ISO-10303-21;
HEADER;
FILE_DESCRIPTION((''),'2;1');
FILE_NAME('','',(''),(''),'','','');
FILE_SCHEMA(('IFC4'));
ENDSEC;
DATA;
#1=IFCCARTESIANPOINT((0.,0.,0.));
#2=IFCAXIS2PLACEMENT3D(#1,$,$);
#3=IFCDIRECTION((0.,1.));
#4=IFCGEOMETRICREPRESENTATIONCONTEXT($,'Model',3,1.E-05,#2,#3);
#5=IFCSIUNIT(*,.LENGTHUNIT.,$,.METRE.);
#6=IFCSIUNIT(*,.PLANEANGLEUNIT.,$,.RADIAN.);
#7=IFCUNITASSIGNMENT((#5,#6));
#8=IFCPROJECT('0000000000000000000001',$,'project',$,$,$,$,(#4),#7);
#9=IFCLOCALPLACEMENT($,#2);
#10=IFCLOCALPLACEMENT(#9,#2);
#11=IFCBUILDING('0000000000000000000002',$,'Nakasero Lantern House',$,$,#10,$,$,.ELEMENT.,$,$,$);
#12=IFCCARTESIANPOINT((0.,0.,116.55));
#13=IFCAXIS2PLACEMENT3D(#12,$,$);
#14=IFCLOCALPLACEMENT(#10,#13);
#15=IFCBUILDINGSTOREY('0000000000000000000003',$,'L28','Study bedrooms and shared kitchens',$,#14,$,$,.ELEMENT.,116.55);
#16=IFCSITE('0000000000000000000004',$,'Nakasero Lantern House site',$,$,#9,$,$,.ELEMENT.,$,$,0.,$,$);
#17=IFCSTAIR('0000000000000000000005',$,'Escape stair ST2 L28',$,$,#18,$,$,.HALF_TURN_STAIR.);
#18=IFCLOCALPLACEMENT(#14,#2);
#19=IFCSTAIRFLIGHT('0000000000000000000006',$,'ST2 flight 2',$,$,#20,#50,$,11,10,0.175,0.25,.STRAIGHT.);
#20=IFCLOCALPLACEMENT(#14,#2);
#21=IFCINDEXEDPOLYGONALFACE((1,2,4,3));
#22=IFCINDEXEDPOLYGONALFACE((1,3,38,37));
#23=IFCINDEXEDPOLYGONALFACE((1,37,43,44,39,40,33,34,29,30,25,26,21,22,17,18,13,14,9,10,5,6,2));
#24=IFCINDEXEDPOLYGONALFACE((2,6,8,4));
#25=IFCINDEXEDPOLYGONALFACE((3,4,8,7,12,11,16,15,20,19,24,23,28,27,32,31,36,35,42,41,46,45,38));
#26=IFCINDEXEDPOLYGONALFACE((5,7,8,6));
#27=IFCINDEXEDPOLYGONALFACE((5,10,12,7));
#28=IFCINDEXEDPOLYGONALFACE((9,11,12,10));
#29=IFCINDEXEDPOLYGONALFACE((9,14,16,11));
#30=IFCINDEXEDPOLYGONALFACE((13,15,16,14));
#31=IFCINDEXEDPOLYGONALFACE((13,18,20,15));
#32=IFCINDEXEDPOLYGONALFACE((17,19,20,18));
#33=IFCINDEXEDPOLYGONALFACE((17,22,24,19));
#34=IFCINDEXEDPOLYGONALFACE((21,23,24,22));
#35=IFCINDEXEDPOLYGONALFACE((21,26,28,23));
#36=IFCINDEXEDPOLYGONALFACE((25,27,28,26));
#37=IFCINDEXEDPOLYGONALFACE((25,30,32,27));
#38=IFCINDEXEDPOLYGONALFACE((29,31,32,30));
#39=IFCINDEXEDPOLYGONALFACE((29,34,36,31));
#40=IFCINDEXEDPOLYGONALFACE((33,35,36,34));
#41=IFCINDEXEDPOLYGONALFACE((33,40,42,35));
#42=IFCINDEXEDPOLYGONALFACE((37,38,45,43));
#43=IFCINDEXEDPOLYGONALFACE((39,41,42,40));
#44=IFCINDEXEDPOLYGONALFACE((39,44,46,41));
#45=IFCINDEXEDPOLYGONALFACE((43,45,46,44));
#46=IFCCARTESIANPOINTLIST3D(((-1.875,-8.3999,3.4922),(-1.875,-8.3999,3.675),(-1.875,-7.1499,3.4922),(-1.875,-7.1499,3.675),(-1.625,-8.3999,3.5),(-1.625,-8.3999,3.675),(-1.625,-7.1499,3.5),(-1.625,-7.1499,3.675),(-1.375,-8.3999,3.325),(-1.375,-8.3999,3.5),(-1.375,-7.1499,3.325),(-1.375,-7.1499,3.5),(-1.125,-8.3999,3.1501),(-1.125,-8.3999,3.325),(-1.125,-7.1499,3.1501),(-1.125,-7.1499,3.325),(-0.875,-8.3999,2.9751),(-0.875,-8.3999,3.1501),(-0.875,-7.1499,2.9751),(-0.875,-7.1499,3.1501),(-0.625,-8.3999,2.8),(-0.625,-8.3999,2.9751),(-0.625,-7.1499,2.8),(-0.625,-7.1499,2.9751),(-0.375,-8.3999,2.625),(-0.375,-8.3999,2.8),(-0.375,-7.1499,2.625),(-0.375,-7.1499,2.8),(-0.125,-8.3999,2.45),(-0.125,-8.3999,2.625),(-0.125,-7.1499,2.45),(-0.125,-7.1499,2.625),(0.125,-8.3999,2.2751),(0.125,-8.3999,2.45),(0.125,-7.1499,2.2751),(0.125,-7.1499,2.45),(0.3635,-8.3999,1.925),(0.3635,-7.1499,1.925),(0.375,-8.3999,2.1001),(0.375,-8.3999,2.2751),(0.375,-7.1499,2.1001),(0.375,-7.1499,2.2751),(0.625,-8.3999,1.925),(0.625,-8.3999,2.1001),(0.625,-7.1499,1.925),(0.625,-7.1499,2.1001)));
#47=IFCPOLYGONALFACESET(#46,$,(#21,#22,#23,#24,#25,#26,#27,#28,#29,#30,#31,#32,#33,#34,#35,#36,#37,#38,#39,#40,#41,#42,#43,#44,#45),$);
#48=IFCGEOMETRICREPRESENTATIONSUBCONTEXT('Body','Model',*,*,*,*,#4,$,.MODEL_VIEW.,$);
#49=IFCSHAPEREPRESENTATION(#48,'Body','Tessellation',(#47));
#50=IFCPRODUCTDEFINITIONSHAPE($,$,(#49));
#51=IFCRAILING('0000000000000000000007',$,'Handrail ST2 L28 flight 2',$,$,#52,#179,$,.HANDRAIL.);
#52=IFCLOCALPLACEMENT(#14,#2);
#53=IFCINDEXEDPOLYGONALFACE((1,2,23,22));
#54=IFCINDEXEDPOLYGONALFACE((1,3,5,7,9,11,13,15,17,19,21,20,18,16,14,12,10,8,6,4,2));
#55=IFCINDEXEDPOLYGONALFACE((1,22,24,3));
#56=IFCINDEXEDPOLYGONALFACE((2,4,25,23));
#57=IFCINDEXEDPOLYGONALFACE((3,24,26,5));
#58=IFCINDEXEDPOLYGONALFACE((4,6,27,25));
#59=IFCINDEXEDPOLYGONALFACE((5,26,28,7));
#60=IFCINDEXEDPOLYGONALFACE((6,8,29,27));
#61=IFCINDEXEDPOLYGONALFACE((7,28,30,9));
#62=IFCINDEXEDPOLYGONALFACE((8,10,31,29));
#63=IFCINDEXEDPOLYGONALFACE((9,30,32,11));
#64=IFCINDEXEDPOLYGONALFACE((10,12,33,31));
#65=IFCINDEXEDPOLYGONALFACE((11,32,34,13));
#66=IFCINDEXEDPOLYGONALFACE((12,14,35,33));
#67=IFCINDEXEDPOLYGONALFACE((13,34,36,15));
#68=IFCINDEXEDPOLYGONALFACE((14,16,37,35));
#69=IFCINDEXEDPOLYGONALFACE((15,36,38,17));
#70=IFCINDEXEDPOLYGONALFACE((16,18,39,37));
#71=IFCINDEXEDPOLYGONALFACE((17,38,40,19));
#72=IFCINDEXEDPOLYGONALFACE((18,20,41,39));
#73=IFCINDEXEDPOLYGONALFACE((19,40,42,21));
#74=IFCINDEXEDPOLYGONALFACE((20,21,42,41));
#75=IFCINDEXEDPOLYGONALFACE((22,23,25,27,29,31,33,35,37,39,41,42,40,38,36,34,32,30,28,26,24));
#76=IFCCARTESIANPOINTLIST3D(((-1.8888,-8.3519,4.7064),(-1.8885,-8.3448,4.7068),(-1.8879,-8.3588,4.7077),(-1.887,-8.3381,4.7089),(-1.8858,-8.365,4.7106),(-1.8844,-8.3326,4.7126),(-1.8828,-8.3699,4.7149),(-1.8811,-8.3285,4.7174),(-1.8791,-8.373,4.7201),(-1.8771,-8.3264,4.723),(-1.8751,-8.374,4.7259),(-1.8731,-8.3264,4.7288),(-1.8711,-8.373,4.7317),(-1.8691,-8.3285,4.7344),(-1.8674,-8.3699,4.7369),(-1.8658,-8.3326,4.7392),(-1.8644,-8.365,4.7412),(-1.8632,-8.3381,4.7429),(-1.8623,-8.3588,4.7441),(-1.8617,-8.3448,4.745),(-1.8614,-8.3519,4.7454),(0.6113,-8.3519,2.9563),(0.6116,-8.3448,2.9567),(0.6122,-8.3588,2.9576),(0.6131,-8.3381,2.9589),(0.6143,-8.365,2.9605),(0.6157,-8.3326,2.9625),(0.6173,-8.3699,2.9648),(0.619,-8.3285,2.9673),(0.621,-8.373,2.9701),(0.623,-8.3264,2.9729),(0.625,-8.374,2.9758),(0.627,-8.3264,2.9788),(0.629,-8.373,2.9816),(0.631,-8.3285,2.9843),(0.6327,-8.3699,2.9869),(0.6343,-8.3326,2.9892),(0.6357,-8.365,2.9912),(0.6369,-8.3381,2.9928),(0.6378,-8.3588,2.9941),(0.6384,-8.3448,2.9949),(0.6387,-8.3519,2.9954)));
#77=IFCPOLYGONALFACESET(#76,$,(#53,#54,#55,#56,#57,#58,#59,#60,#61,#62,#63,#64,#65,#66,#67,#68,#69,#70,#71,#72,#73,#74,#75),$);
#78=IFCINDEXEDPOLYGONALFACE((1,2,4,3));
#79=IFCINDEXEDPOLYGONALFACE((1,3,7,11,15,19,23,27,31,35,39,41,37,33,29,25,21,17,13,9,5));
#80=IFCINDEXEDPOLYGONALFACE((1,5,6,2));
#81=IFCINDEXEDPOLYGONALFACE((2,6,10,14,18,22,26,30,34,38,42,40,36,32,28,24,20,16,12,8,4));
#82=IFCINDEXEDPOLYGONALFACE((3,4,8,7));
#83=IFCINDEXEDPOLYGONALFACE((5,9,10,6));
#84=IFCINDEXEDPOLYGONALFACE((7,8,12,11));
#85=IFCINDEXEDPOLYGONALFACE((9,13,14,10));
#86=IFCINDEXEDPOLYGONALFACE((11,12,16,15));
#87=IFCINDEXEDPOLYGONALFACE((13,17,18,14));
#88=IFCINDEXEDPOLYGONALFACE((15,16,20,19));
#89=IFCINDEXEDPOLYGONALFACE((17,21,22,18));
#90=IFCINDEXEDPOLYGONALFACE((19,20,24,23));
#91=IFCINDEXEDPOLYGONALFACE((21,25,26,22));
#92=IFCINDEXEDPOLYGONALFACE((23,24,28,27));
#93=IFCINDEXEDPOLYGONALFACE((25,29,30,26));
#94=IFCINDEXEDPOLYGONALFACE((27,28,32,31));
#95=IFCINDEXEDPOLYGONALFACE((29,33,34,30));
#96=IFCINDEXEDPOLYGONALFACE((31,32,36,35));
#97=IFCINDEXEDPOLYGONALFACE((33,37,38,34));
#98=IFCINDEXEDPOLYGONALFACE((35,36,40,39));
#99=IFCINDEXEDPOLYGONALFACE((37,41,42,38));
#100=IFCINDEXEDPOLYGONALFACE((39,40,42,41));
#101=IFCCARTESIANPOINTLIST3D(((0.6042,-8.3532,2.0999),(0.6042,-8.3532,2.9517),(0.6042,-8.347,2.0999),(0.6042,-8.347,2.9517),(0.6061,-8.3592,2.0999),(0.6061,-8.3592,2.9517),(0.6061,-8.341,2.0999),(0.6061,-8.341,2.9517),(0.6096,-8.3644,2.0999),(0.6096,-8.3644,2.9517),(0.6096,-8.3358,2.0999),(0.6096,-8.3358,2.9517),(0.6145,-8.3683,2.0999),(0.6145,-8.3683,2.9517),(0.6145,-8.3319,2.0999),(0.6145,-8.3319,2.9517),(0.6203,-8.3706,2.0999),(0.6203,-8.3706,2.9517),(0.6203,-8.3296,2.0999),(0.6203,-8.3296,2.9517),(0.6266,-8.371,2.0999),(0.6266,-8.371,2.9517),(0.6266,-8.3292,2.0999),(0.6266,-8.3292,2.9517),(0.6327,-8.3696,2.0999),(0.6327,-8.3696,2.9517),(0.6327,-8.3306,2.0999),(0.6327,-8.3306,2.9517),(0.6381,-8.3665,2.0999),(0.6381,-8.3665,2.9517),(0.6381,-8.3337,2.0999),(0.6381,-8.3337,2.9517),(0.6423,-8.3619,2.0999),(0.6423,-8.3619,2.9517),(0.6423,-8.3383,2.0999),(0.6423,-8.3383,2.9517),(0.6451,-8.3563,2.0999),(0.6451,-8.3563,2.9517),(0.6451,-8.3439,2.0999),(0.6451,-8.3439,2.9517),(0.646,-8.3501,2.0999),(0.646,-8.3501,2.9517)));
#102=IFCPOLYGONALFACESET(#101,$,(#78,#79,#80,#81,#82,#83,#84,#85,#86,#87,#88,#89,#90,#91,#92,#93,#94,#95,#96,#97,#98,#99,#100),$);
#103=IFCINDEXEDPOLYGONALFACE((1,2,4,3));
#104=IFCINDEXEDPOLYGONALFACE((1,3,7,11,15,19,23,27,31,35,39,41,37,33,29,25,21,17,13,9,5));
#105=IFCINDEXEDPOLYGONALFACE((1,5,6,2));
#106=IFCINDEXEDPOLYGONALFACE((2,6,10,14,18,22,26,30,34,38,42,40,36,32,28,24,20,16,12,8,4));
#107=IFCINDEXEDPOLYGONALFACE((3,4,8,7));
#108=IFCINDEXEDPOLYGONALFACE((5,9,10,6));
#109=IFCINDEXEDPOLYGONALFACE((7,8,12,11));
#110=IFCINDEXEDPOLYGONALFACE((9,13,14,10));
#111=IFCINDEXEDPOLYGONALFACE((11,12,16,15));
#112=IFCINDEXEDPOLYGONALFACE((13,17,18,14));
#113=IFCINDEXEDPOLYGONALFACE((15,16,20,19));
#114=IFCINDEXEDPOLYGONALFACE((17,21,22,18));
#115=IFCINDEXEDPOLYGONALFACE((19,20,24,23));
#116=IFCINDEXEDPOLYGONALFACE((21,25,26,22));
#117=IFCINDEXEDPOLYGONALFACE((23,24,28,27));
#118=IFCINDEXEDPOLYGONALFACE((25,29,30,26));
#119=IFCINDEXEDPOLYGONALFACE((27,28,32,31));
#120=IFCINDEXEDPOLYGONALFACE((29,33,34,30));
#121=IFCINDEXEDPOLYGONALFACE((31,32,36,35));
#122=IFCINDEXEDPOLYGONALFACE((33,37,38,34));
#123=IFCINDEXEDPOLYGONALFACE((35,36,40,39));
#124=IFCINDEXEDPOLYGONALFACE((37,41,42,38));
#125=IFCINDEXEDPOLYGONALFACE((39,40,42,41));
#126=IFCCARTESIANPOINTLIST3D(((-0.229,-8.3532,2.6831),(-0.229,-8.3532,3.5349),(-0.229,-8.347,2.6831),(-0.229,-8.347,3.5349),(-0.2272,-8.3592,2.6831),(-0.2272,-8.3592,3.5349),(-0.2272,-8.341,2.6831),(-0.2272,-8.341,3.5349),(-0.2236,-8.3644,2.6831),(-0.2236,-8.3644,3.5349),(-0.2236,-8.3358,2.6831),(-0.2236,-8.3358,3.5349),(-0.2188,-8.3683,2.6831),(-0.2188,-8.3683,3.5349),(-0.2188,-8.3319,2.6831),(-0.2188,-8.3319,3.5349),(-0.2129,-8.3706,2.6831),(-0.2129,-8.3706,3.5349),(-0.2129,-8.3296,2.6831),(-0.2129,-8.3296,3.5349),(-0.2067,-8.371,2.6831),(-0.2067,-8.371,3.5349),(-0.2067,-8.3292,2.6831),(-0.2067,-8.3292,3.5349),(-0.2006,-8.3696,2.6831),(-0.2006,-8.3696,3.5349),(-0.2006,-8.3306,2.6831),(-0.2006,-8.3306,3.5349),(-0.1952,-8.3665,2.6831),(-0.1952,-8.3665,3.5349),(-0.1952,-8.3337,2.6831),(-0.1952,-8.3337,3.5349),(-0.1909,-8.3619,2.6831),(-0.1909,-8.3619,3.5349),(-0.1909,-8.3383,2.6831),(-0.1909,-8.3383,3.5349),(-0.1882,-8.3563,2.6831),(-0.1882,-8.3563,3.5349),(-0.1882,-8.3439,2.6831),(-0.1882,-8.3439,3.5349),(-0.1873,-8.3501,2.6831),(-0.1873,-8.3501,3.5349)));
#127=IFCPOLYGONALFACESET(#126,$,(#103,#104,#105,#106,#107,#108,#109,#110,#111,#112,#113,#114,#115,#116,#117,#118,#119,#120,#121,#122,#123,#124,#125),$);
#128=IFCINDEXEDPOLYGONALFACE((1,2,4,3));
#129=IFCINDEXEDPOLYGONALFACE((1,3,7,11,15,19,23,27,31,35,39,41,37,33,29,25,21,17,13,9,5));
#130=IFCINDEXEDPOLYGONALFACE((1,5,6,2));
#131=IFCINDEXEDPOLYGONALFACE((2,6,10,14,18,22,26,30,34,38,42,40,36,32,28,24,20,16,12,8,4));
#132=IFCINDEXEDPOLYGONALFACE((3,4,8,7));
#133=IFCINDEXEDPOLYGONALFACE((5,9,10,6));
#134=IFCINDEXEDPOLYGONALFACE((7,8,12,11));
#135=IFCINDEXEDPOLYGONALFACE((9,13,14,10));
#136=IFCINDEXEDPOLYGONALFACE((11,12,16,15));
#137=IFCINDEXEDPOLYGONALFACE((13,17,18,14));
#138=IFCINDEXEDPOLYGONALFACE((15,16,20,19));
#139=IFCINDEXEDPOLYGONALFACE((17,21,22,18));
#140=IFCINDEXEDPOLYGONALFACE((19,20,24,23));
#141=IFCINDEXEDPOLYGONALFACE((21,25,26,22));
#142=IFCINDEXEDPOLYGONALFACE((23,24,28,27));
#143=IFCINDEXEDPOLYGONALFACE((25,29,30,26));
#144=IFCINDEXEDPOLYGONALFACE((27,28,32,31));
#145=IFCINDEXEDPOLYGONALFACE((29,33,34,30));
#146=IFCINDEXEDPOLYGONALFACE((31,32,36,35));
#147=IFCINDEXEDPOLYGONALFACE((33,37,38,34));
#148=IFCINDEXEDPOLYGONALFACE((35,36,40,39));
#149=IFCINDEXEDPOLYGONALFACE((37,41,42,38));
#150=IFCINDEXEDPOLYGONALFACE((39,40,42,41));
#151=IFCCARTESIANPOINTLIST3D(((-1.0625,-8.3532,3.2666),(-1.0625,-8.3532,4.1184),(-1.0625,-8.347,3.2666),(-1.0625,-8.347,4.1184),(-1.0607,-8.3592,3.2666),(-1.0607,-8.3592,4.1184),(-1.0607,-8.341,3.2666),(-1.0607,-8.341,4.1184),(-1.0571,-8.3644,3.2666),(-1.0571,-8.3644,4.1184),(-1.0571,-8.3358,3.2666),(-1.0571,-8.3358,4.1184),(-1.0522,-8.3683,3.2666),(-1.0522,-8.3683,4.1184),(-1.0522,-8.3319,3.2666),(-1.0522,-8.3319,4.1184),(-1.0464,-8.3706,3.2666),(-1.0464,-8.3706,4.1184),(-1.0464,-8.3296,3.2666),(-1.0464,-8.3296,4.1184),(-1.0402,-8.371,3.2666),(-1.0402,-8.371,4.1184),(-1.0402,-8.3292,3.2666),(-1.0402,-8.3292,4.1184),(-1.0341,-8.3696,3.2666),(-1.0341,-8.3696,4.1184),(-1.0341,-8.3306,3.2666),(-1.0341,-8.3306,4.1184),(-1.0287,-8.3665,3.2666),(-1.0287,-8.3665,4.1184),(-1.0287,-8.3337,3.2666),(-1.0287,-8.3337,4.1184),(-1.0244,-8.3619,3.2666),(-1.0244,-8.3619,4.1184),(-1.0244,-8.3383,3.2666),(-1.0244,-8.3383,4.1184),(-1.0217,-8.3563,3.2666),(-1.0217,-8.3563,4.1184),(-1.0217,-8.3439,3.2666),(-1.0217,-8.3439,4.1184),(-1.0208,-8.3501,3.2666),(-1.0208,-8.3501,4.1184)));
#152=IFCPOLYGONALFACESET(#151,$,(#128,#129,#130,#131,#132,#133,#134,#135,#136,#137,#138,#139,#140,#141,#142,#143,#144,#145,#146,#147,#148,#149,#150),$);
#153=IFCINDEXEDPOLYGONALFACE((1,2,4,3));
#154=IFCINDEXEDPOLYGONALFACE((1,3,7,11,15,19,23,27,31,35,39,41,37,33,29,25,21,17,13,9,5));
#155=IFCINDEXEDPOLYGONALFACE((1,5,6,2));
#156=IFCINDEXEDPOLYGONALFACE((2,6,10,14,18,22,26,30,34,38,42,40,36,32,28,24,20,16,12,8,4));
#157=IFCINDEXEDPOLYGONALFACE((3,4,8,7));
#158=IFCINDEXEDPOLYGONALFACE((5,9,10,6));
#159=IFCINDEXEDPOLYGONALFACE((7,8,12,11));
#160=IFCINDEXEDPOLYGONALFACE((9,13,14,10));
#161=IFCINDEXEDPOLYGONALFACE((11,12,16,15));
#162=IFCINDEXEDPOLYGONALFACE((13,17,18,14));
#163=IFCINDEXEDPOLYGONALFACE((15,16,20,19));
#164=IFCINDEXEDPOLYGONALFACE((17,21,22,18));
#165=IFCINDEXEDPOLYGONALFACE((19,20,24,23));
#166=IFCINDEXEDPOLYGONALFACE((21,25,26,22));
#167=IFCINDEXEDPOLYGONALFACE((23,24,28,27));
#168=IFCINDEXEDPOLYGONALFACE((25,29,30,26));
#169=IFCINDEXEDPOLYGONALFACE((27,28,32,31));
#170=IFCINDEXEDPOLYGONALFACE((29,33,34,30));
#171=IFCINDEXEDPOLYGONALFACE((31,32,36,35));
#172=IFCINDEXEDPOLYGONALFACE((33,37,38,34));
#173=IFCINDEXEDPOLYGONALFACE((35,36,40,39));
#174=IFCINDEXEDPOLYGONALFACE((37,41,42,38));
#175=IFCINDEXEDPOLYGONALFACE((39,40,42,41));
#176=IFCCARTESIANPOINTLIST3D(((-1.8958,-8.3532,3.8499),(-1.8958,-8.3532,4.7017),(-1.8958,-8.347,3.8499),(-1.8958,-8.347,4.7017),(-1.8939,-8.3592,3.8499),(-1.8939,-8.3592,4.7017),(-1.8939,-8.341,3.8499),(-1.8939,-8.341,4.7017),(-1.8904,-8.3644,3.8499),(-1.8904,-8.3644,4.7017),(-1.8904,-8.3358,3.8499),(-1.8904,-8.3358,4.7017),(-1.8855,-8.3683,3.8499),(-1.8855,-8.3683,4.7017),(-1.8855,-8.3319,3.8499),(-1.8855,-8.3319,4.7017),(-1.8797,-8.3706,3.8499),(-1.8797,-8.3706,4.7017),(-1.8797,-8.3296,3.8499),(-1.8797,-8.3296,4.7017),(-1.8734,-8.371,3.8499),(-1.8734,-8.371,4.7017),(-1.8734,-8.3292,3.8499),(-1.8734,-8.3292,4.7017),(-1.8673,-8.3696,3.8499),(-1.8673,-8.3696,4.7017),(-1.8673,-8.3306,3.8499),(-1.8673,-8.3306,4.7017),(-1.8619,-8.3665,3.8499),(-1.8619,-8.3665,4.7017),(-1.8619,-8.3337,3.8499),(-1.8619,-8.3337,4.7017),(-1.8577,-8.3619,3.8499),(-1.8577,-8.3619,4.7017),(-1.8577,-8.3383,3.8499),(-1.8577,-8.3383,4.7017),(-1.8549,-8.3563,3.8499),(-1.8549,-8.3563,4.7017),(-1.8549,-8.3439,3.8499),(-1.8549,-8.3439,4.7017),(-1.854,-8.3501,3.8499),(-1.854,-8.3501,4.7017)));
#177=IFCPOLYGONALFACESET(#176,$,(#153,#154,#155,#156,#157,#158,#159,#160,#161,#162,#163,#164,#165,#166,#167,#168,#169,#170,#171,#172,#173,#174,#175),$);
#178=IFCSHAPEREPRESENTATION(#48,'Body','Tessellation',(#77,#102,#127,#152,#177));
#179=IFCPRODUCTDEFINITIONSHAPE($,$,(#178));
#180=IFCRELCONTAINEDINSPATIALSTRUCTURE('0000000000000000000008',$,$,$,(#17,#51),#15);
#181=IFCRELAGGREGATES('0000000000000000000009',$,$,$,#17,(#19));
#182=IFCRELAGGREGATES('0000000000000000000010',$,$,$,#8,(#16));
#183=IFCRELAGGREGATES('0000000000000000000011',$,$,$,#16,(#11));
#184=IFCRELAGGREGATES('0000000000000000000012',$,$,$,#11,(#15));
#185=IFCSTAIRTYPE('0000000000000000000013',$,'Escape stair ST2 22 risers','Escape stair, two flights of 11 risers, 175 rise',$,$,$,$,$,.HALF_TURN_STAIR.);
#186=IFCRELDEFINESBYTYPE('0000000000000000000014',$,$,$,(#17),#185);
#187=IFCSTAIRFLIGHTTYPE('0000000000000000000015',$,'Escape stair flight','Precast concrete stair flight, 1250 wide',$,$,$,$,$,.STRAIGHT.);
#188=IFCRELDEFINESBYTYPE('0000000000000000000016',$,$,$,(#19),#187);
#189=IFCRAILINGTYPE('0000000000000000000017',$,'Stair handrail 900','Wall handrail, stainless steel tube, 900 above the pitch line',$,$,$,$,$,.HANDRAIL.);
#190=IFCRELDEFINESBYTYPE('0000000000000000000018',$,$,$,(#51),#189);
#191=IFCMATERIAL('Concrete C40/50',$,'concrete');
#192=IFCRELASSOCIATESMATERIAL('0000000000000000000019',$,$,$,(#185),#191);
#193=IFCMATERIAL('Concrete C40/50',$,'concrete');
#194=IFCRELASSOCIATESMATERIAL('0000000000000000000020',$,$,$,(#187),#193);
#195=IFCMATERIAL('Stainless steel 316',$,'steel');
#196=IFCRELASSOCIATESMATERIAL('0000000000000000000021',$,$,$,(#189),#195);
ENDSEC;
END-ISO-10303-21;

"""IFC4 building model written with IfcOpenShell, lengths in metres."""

from ifc_helpers import new_model, si_unit, direction, frame, origin, origin_2d, place, context, subcontext, project, spatial, polyline, circle, outline, extrude, material, type_object, element, aggregate, save


model = new_model("IFC4")

# Units and contexts
model_context = context("Model", 3, precision=1e-05, world=origin(), true_north=direction((0.0, 1.0)))
body_context = subcontext(model_context, "Body", "Model", "MODEL_VIEW")
ifc_project = project(units=[si_unit("LENGTHUNIT", "METRE"), si_unit("PLANEANGLEUNIT", "RADIAN")], contexts=[model_context])

# Site, building, storey
site_placement = place(None, origin())
site = spatial("IfcSite", under=ifc_project, at=site_placement, Name="Nakasero Lantern House site", CompositionType="ELEMENT", RefElevation=0.0)
building_placement = place(site_placement, origin())
building = spatial("IfcBuilding", under=site, at=building_placement, Name="Nakasero Lantern House", CompositionType="ELEMENT")
storey_placement = place(building_placement, frame((0.0, 0.0, 116.55)))
storey = spatial("IfcBuildingStorey", under=building, at=storey_placement, Name="L28", Description="Study bedrooms and shared kitchens", CompositionType="ELEMENT", Elevation=116.55)

# Stair, stair flight
ifc_material_1 = material(Name="Concrete C40/50", Category="concrete")
stair_type = type_object("IfcStairType", Name="Escape stair ST2 22 risers", Description="Escape stair, two flights of 11 risers, 175 rise", PredefinedType="HALF_TURN_STAIR", material=ifc_material_1)
stair_placement = place(storey_placement, origin())
stair = element("IfcStair", 1, at=stair_placement, inside=storey, type_object=stair_type, Name="Escape stair ST2 L28", PredefinedType="HALF_TURN_STAIR")
ifc_material_2 = material(Name="Concrete C40/50", Category="concrete")
stair_flight_type = type_object("IfcStairFlightType", Name="Escape stair flight", Description="Precast concrete stair flight, 1250 wide", PredefinedType="STRAIGHT", material=ifc_material_2)
stair_flight_placement = place(storey_placement, frame((0.625, -7.7749, 1.925), z_axis=(0.0, 0.0, 1.0), x_axis=(-1.0, 0.0, 0.0)))
stair_flight = element("IfcStairFlight", 2, at=stair_flight_placement, type_object=stair_flight_type, Name="ST2 flight 2", NumberOfRisers=11, NumberOfTreads=10, PredefinedType="STRAIGHT", RiserHeight=0.175, TreadLength=0.25, context=body_context, shape_type="SweptSolid", body=[
    extrude(outline(polyline([(0.0, 0.0), (0.0, 0.175), (0.25, 0.175), (0.25, 0.3501), (0.5, 0.3501), (0.5, 0.5249), (0.75, 0.5249), (0.75, 0.7), (1.0, 0.7), (1.0, 0.875), (1.25, 0.875), (1.25, 1.05), (1.5, 1.05), (1.5, 1.2251), (1.75, 1.2251), (1.75, 1.3999), (2.0, 1.3999), (2.0, 1.575), (2.25, 1.575), (2.25, 1.75), (2.5, 1.75), (2.5, 1.925), (2.5, 1.5671), (0.2615, 0.0), (0.0, 0.0)])), frame((0.0, 0.625, 0.0), z_axis=(0.0, -1.0, 0.0), x_axis=(1.0, 0.0, 0.0)), (0.0, 0.0, 1.0), 1.25),
])
aggregate(stair, [stair_flight])

# Railing
ifc_material_3 = material(Name="Stainless steel 316", Category="steel")
railing_type = type_object("IfcRailingType", Name="Stair handrail 900", Description="Wall handrail, stainless steel tube, 900 above the pitch line", PredefinedType="HANDRAIL", material=ifc_material_3)
railing_placement = place(storey_placement, frame((0.625, -8.3501, 2.0999)))
element("IfcRailing", 3, at=railing_placement, inside=storey, type_object=railing_type, Name="Handrail ST2 L28 flight 2", PredefinedType="HANDRAIL", context=body_context, shape_type="SweptSolid", body=[
    extrude(circle(Radius=0.0239, at=origin_2d()), frame((0.0, 0.0, 0.876), z_axis=(-0.819232, 0.0, 0.573462), x_axis=(0.0, -1.0, 0.0)), (0.0, 0.0, 1.0), 3.0518),
    extrude(circle(Radius=0.021, at=origin_2d()), origin(), (0.0, 0.0, 1.0), 0.8518),
    extrude(circle(Radius=0.021, at=origin_2d()), frame((-0.8333, 0.0, 0.5833)), (0.0, 0.0, 1.0), 0.8518),
    extrude(circle(Radius=0.021, at=origin_2d()), frame((-1.6667, 0.0, 1.1667)), (0.0, 0.0, 1.0), 0.8518),
    extrude(circle(Radius=0.021, at=origin_2d()), frame((-2.5, 0.0, 1.75)), (0.0, 0.0, 1.0), 0.8518),
])

save(model, "model.ifc")
